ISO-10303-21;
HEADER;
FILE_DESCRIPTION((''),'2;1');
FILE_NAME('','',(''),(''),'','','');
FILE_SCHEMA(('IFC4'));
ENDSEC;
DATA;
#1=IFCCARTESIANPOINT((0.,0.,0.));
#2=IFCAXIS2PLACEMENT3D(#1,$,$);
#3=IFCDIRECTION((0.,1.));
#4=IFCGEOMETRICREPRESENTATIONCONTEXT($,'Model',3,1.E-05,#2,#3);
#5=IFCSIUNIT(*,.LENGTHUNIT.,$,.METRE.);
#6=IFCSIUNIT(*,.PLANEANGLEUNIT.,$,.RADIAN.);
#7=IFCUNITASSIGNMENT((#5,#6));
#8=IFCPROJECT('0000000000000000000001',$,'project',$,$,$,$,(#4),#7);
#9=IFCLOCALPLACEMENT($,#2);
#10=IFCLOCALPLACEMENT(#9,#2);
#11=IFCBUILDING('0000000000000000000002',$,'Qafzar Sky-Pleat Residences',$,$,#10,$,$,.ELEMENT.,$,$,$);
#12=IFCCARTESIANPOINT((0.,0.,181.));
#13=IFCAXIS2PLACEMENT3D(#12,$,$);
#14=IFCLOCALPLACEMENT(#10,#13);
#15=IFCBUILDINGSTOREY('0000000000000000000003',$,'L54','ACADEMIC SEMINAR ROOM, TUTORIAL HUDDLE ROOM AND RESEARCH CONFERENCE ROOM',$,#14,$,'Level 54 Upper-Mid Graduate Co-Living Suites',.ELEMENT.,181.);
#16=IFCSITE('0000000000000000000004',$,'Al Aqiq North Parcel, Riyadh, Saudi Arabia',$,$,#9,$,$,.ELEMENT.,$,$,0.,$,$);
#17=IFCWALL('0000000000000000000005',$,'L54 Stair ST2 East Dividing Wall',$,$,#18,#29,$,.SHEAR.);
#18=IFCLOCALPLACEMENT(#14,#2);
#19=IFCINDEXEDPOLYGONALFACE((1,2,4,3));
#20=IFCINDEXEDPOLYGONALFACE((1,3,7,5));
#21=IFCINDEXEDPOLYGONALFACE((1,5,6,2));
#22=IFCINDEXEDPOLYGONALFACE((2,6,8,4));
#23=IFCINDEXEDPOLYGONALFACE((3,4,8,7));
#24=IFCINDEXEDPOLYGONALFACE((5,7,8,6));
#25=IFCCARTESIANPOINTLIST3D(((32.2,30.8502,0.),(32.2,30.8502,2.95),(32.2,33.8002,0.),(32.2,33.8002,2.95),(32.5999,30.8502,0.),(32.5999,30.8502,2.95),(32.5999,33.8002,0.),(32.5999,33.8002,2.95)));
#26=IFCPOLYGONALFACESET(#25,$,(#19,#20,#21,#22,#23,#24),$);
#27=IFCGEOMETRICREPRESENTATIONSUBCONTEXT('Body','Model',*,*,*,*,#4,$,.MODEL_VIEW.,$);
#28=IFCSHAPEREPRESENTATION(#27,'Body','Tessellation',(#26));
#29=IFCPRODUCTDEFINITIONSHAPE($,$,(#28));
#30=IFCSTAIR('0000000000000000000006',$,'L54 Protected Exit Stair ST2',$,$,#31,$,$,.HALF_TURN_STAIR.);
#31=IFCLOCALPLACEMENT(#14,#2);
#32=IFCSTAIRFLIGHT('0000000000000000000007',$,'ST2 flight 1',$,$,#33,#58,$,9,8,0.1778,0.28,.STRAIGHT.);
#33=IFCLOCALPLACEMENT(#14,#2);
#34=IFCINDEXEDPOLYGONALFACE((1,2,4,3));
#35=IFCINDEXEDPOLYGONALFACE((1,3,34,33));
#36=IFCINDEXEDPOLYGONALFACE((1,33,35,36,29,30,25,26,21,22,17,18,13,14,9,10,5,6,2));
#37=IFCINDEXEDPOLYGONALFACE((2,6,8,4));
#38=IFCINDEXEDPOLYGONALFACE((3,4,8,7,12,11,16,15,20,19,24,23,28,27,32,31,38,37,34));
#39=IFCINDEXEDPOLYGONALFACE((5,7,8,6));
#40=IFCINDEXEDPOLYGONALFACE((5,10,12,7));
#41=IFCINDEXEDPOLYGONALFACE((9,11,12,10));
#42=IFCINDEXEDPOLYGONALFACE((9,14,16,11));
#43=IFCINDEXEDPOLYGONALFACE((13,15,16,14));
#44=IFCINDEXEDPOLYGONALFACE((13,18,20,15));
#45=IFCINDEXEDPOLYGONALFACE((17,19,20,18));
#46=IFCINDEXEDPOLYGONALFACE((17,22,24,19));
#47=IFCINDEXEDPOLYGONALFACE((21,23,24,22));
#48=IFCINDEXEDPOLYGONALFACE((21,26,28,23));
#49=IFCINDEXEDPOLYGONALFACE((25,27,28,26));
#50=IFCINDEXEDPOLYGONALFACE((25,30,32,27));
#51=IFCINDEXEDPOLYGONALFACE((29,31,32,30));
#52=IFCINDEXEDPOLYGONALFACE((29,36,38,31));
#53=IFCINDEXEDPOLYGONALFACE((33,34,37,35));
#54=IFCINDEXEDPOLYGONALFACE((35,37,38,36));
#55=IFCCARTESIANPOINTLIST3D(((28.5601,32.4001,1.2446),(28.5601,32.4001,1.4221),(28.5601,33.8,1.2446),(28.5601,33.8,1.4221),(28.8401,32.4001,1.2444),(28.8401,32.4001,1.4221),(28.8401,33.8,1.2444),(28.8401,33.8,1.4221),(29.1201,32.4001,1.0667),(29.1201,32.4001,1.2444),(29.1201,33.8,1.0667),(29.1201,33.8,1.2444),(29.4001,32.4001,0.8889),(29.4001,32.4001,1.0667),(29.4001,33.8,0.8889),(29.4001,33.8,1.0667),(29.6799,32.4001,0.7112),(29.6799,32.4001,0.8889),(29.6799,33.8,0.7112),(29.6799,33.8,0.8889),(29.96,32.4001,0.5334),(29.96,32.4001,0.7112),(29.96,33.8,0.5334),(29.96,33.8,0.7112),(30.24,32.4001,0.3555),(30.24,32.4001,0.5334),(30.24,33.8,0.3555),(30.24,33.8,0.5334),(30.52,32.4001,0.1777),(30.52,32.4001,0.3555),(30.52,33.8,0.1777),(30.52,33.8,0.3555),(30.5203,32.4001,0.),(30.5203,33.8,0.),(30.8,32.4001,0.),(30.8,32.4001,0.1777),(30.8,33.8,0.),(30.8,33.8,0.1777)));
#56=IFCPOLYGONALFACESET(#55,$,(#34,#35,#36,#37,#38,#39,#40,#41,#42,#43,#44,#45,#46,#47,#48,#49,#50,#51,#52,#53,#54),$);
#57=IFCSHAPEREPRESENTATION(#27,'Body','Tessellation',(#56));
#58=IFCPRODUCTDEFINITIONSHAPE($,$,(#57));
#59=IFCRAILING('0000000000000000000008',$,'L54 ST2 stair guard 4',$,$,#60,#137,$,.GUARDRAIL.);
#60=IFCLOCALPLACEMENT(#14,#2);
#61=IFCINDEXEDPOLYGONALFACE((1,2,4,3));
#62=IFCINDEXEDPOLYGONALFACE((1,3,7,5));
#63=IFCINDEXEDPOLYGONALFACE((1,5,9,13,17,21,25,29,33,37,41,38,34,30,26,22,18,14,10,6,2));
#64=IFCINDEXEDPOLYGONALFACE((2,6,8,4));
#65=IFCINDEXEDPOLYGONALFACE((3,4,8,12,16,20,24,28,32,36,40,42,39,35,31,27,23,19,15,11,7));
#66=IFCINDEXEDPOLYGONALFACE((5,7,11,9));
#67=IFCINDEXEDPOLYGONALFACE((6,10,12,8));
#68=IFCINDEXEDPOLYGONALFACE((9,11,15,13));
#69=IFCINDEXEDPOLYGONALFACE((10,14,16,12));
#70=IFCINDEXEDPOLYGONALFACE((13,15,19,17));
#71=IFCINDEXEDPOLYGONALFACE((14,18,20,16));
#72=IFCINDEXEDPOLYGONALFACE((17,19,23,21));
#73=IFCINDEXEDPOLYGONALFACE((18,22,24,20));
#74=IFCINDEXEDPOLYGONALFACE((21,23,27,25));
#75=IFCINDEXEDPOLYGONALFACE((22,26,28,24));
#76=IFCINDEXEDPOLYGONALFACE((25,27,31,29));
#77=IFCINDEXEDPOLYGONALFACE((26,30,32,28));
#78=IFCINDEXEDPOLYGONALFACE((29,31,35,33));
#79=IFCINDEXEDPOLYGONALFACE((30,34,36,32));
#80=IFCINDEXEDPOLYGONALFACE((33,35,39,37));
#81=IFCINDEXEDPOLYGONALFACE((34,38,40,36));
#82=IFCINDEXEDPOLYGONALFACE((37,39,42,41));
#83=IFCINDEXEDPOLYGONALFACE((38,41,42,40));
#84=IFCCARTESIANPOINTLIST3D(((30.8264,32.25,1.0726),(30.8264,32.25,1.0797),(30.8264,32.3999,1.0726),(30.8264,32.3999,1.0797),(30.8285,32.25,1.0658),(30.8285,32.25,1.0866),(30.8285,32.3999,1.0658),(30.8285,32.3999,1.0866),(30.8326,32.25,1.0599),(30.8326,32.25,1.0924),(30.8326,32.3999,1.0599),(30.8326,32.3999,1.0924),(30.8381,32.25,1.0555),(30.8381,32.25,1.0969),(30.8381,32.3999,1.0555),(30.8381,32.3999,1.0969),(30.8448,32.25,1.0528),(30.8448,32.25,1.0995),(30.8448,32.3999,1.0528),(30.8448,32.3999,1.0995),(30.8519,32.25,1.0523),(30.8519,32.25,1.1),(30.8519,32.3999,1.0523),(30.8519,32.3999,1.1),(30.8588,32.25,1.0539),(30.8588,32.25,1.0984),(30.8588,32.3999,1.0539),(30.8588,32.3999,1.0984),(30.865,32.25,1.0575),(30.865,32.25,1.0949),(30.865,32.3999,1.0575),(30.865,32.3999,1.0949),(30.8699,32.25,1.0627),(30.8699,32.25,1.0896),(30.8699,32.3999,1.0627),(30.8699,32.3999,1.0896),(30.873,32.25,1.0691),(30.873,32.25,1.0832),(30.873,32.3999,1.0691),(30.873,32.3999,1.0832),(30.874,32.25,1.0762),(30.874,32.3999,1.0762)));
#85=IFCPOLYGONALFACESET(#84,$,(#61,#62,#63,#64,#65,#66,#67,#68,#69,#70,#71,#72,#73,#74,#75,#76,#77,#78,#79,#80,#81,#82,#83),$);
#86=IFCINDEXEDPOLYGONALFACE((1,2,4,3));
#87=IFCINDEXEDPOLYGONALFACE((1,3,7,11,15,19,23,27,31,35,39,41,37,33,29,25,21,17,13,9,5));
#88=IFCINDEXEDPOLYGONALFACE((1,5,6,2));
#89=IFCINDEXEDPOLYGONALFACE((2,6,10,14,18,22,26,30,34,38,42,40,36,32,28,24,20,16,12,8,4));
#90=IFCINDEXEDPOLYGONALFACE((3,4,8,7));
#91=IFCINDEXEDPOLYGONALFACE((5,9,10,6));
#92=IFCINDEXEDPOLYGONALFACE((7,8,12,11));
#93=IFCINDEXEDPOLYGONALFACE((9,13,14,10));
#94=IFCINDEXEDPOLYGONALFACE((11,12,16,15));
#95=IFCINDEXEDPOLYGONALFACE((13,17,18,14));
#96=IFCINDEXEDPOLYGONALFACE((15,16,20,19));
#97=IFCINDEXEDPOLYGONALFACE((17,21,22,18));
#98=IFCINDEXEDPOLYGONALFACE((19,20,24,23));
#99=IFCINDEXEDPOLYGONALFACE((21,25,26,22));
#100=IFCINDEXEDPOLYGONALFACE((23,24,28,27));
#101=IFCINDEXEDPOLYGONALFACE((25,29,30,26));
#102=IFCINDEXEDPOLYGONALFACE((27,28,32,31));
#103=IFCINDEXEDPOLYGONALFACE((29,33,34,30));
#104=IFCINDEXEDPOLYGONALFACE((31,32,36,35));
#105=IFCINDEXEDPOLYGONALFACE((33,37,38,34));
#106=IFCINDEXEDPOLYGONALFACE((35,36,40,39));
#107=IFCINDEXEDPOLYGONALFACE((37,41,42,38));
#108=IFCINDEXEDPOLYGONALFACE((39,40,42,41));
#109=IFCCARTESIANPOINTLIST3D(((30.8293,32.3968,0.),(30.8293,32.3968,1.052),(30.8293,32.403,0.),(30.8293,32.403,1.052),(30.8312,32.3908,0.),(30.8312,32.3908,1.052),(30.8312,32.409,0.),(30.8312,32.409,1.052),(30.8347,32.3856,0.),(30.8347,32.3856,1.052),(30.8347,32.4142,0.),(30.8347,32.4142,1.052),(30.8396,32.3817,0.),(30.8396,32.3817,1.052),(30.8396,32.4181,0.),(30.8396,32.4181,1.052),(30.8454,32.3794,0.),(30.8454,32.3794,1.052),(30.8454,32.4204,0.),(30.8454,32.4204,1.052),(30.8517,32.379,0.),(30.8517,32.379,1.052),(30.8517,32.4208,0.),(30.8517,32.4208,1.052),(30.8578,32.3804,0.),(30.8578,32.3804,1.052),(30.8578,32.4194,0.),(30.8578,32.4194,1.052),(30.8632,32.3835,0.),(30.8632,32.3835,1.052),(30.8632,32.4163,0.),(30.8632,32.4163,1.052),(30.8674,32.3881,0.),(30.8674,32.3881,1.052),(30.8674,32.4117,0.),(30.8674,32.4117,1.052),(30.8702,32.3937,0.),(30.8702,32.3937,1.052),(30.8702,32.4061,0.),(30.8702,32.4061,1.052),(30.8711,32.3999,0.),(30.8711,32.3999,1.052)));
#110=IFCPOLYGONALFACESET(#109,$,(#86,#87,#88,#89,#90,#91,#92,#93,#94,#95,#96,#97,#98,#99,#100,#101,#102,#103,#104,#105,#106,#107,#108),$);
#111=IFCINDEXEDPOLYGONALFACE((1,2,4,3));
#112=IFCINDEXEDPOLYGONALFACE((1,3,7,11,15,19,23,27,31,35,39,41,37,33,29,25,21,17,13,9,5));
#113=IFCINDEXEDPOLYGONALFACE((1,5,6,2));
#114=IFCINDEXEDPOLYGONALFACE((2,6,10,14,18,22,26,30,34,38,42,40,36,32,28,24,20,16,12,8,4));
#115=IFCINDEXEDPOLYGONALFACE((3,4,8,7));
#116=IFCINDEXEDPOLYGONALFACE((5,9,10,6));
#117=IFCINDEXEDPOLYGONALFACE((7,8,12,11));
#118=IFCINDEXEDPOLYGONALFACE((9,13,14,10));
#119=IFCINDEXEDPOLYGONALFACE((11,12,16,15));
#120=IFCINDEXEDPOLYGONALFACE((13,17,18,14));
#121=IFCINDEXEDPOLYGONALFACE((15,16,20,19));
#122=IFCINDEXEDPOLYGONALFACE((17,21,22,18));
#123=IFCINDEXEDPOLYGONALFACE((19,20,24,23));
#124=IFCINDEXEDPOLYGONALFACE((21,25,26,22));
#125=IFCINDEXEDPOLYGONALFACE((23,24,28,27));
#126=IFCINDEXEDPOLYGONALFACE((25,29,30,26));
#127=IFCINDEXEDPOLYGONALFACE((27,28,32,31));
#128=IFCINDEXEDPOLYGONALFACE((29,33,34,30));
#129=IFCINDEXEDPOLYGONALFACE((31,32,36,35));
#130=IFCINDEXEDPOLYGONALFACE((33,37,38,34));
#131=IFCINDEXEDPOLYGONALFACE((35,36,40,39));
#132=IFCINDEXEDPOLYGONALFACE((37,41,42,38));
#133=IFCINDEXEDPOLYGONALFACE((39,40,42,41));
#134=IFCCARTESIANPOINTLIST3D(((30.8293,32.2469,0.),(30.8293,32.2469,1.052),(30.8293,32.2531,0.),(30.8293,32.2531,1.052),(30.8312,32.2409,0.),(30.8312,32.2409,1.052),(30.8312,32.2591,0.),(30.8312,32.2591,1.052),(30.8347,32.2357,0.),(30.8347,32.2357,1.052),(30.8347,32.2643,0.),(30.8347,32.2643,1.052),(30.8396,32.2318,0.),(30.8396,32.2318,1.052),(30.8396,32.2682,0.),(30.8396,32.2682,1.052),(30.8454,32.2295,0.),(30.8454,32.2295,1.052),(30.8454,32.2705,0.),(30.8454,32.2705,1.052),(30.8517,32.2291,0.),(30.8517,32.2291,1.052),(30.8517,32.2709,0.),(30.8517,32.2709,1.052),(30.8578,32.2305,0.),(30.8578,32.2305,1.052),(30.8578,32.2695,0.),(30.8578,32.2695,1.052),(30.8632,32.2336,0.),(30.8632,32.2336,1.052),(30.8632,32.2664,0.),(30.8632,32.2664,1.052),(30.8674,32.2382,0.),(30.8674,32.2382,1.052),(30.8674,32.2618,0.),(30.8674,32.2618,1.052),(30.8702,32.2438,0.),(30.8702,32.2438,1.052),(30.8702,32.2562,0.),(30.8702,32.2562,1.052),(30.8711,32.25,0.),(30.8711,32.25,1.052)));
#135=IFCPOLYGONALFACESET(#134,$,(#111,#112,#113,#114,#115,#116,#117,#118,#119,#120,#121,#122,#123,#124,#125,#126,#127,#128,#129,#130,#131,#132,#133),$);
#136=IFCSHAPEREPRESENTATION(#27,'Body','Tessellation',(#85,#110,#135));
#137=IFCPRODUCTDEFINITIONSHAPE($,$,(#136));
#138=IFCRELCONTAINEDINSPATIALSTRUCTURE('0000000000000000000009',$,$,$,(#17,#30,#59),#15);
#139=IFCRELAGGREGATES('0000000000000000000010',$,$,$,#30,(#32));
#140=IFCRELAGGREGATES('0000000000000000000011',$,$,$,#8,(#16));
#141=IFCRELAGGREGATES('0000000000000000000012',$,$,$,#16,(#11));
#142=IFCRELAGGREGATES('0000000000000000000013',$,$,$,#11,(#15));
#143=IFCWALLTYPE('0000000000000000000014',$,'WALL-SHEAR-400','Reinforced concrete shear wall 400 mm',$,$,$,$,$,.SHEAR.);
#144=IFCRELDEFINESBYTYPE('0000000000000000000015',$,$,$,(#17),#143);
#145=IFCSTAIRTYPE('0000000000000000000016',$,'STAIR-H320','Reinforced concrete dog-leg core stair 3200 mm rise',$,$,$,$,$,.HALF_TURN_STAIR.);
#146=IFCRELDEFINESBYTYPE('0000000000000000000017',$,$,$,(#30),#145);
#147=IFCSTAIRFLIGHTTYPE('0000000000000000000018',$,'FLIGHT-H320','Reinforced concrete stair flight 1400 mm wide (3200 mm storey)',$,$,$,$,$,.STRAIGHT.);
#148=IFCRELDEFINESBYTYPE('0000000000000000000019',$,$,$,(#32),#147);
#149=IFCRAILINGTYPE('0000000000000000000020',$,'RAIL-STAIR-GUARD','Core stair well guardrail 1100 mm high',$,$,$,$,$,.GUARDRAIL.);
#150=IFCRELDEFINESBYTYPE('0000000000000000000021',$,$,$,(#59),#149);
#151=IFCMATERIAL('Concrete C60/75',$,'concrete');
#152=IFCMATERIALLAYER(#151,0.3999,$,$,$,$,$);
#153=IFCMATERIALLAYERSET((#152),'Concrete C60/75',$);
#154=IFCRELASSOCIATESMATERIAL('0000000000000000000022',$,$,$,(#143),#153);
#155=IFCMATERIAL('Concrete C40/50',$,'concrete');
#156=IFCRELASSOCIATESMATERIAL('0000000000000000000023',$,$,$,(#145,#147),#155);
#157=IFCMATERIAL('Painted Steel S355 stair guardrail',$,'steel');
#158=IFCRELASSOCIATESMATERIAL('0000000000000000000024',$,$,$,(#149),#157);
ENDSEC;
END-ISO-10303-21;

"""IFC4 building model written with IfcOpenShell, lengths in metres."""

from ifc_helpers import new_model, si_unit, direction, frame, frame_2d, origin, origin_2d, place, context, subcontext, project, spatial, polyline, rectangle, circle, outline, extrude, source, transform, mapped, material, layer, layer_set, type_object, element, aggregate, save


model = new_model("IFC4")

# Units and contexts
model_context = context("Model", 3, precision=1e-05, world=origin(), true_north=direction((0.0, 1.0)))
body_context = subcontext(model_context, "Body", "Model", "MODEL_VIEW")
ifc_project = project(units=[si_unit("LENGTHUNIT", "METRE"), si_unit("PLANEANGLEUNIT", "RADIAN")], contexts=[model_context])

# Site, building, storey
site_placement = place(None, origin())
site = spatial("IfcSite", under=ifc_project, at=site_placement, Name="Al Aqiq North Parcel, Riyadh, Saudi Arabia", CompositionType="ELEMENT", RefElevation=0.0)
building_placement = place(site_placement, origin())
building = spatial("IfcBuilding", under=site, at=building_placement, Name="Qafzar Sky-Pleat Residences", CompositionType="ELEMENT")
storey_placement = place(building_placement, frame((0.0, 0.0, 181.0)))
storey = spatial("IfcBuildingStorey", under=building, at=storey_placement, Name="L54", Description="ACADEMIC SEMINAR ROOM, TUTORIAL HUDDLE ROOM AND RESEARCH CONFERENCE ROOM", LongName="Level 54 Upper-Mid Graduate Co-Living Suites", CompositionType="ELEMENT", Elevation=181.0)

# Wall
ifc_material_1 = material(Name="Concrete C60/75", Category="concrete")
ifc_layer_1 = layer(ifc_material_1, 0.3999)
ifc_layer_set_1 = layer_set([ifc_layer_1], Name="Concrete C60/75")
wall_type_1 = type_object("IfcWallType", Name="WALL-SHEAR-400", Description="Reinforced concrete shear wall 400 mm", PredefinedType="SHEAR", material=ifc_layer_set_1)
wall_1_placement = place(storey_placement, frame((32.3999, 30.8501, 0.0), z_axis=(0.0, 0.0, 1.0), x_axis=(0.0, 1.0, 0.0)))
element("IfcWall", 1, at=wall_1_placement, inside=storey, type_object=wall_type_1, Name="L54 Stair ST2 East Dividing Wall", PredefinedType="SHEAR", context=body_context, shape_type="SweptSolid", body=[
    extrude(rectangle(XDim=2.95, YDim=0.3999, at=frame_2d((1.4751, 0.0))), origin(), (0.0, 0.0, 1.0), 2.95),
])

# Stair, stair flight
ifc_material_2 = material(Name="Concrete C40/50", Category="concrete")
stair_type = type_object("IfcStairType", Name="STAIR-H320", Description="Reinforced concrete dog-leg core stair 3200 mm rise", PredefinedType="HALF_TURN_STAIR", material=ifc_material_2)
stair_placement = place(storey_placement, origin())
stair = element("IfcStair", 2, at=stair_placement, inside=storey, type_object=stair_type, Name="L54 Protected Exit Stair ST2", PredefinedType="HALF_TURN_STAIR")
stair_flight_type = type_object("IfcStairFlightType", Name="FLIGHT-H320", Description="Reinforced concrete stair flight 1400 mm wide (3200 mm storey)", PredefinedType="STRAIGHT", material=ifc_material_2)
shared_shape_1 = source(origin(), body_context, "Body", "SweptSolid", [
    extrude(outline(polyline([(0.0, 0.0), (0.0, 0.1777), (0.28, 0.1777), (0.28, 0.3555), (0.5601, 0.3555), (0.5601, 0.5334), (0.8401, 0.5334), (0.8401, 0.7112), (1.1201, 0.7112), (1.1201, 0.8889), (1.3999, 0.8889), (1.3999, 1.0667), (1.6799, 1.0667), (1.6799, 1.2444), (1.96, 1.2444), (1.96, 1.4221), (2.24, 1.4221), (2.24, 1.6001), (2.24, 1.2446), (0.2798, 0.0), (0.0, 0.0)])), frame((0.0, 0.7, 0.0), z_axis=(0.0, -1.0, 0.0), x_axis=(1.0, 0.0, 0.0)), (0.0, 0.0, 1.0), 1.3999),
])
stair_flight_placement = place(storey_placement, frame((30.8, 33.1001, 0.0), z_axis=(0.0, 0.0, 1.0), x_axis=(-1.0, 0.0, 0.0)))
stair_flight = element("IfcStairFlight", 3, at=stair_flight_placement, type_object=stair_flight_type, Name="ST2 flight 1", NumberOfRisers=9, NumberOfTreads=8, PredefinedType="STRAIGHT", RiserHeight=0.1778, TreadLength=0.28, context=body_context, shape_type="MappedRepresentation", body=[
    mapped(shared_shape_1, transform((0.0, 0.0, 0.0), x_axis=(1.0, 0.0, 0.0), y_axis=(0.0, 1.0, 0.0), z_axis=(0.0, 0.0, 1.0), scale=1.0)),
])
aggregate(stair, [stair_flight])

# Railing
ifc_material_3 = material(Name="Painted Steel S355 stair guardrail", Category="steel")
railing_type_1 = type_object("IfcRailingType", Name="RAIL-STAIR-GUARD", Description="Core stair well guardrail 1100 mm high", PredefinedType="GUARDRAIL", material=ifc_material_3)
shared_shape_2 = source(origin(), body_context, "Body", "SweptSolid", [
    extrude(circle(Radius=0.0239, at=origin_2d()), frame((0.0, 0.0, 1.0762), z_axis=(0.0, -1.0, 0.0), x_axis=(1.0, 0.0, 0.0)), (0.0, 0.0, 1.0), 0.1499),
    extrude(circle(Radius=0.021, at=origin_2d()), origin(), (0.0, 0.0, 1.0), 1.052),
    extrude(circle(Radius=0.021, at=origin_2d()), frame((0.0, -0.1499, 0.0)), (0.0, 0.0, 1.0), 1.052),
])
railing_1_placement = place(storey_placement, frame((30.8501, 32.3999, 0.0)))
element("IfcRailing", 4, at=railing_1_placement, inside=storey, type_object=railing_type_1, Name="L54 ST2 stair guard 4", PredefinedType="GUARDRAIL", context=body_context, shape_type="MappedRepresentation", body=[
    mapped(shared_shape_2, transform((0.0, 0.0, 0.0), x_axis=(1.0, 0.0, 0.0), y_axis=(0.0, 1.0, 0.0), z_axis=(0.0, 0.0, 1.0), scale=1.0)),
])

save(model, "model.ifc")
